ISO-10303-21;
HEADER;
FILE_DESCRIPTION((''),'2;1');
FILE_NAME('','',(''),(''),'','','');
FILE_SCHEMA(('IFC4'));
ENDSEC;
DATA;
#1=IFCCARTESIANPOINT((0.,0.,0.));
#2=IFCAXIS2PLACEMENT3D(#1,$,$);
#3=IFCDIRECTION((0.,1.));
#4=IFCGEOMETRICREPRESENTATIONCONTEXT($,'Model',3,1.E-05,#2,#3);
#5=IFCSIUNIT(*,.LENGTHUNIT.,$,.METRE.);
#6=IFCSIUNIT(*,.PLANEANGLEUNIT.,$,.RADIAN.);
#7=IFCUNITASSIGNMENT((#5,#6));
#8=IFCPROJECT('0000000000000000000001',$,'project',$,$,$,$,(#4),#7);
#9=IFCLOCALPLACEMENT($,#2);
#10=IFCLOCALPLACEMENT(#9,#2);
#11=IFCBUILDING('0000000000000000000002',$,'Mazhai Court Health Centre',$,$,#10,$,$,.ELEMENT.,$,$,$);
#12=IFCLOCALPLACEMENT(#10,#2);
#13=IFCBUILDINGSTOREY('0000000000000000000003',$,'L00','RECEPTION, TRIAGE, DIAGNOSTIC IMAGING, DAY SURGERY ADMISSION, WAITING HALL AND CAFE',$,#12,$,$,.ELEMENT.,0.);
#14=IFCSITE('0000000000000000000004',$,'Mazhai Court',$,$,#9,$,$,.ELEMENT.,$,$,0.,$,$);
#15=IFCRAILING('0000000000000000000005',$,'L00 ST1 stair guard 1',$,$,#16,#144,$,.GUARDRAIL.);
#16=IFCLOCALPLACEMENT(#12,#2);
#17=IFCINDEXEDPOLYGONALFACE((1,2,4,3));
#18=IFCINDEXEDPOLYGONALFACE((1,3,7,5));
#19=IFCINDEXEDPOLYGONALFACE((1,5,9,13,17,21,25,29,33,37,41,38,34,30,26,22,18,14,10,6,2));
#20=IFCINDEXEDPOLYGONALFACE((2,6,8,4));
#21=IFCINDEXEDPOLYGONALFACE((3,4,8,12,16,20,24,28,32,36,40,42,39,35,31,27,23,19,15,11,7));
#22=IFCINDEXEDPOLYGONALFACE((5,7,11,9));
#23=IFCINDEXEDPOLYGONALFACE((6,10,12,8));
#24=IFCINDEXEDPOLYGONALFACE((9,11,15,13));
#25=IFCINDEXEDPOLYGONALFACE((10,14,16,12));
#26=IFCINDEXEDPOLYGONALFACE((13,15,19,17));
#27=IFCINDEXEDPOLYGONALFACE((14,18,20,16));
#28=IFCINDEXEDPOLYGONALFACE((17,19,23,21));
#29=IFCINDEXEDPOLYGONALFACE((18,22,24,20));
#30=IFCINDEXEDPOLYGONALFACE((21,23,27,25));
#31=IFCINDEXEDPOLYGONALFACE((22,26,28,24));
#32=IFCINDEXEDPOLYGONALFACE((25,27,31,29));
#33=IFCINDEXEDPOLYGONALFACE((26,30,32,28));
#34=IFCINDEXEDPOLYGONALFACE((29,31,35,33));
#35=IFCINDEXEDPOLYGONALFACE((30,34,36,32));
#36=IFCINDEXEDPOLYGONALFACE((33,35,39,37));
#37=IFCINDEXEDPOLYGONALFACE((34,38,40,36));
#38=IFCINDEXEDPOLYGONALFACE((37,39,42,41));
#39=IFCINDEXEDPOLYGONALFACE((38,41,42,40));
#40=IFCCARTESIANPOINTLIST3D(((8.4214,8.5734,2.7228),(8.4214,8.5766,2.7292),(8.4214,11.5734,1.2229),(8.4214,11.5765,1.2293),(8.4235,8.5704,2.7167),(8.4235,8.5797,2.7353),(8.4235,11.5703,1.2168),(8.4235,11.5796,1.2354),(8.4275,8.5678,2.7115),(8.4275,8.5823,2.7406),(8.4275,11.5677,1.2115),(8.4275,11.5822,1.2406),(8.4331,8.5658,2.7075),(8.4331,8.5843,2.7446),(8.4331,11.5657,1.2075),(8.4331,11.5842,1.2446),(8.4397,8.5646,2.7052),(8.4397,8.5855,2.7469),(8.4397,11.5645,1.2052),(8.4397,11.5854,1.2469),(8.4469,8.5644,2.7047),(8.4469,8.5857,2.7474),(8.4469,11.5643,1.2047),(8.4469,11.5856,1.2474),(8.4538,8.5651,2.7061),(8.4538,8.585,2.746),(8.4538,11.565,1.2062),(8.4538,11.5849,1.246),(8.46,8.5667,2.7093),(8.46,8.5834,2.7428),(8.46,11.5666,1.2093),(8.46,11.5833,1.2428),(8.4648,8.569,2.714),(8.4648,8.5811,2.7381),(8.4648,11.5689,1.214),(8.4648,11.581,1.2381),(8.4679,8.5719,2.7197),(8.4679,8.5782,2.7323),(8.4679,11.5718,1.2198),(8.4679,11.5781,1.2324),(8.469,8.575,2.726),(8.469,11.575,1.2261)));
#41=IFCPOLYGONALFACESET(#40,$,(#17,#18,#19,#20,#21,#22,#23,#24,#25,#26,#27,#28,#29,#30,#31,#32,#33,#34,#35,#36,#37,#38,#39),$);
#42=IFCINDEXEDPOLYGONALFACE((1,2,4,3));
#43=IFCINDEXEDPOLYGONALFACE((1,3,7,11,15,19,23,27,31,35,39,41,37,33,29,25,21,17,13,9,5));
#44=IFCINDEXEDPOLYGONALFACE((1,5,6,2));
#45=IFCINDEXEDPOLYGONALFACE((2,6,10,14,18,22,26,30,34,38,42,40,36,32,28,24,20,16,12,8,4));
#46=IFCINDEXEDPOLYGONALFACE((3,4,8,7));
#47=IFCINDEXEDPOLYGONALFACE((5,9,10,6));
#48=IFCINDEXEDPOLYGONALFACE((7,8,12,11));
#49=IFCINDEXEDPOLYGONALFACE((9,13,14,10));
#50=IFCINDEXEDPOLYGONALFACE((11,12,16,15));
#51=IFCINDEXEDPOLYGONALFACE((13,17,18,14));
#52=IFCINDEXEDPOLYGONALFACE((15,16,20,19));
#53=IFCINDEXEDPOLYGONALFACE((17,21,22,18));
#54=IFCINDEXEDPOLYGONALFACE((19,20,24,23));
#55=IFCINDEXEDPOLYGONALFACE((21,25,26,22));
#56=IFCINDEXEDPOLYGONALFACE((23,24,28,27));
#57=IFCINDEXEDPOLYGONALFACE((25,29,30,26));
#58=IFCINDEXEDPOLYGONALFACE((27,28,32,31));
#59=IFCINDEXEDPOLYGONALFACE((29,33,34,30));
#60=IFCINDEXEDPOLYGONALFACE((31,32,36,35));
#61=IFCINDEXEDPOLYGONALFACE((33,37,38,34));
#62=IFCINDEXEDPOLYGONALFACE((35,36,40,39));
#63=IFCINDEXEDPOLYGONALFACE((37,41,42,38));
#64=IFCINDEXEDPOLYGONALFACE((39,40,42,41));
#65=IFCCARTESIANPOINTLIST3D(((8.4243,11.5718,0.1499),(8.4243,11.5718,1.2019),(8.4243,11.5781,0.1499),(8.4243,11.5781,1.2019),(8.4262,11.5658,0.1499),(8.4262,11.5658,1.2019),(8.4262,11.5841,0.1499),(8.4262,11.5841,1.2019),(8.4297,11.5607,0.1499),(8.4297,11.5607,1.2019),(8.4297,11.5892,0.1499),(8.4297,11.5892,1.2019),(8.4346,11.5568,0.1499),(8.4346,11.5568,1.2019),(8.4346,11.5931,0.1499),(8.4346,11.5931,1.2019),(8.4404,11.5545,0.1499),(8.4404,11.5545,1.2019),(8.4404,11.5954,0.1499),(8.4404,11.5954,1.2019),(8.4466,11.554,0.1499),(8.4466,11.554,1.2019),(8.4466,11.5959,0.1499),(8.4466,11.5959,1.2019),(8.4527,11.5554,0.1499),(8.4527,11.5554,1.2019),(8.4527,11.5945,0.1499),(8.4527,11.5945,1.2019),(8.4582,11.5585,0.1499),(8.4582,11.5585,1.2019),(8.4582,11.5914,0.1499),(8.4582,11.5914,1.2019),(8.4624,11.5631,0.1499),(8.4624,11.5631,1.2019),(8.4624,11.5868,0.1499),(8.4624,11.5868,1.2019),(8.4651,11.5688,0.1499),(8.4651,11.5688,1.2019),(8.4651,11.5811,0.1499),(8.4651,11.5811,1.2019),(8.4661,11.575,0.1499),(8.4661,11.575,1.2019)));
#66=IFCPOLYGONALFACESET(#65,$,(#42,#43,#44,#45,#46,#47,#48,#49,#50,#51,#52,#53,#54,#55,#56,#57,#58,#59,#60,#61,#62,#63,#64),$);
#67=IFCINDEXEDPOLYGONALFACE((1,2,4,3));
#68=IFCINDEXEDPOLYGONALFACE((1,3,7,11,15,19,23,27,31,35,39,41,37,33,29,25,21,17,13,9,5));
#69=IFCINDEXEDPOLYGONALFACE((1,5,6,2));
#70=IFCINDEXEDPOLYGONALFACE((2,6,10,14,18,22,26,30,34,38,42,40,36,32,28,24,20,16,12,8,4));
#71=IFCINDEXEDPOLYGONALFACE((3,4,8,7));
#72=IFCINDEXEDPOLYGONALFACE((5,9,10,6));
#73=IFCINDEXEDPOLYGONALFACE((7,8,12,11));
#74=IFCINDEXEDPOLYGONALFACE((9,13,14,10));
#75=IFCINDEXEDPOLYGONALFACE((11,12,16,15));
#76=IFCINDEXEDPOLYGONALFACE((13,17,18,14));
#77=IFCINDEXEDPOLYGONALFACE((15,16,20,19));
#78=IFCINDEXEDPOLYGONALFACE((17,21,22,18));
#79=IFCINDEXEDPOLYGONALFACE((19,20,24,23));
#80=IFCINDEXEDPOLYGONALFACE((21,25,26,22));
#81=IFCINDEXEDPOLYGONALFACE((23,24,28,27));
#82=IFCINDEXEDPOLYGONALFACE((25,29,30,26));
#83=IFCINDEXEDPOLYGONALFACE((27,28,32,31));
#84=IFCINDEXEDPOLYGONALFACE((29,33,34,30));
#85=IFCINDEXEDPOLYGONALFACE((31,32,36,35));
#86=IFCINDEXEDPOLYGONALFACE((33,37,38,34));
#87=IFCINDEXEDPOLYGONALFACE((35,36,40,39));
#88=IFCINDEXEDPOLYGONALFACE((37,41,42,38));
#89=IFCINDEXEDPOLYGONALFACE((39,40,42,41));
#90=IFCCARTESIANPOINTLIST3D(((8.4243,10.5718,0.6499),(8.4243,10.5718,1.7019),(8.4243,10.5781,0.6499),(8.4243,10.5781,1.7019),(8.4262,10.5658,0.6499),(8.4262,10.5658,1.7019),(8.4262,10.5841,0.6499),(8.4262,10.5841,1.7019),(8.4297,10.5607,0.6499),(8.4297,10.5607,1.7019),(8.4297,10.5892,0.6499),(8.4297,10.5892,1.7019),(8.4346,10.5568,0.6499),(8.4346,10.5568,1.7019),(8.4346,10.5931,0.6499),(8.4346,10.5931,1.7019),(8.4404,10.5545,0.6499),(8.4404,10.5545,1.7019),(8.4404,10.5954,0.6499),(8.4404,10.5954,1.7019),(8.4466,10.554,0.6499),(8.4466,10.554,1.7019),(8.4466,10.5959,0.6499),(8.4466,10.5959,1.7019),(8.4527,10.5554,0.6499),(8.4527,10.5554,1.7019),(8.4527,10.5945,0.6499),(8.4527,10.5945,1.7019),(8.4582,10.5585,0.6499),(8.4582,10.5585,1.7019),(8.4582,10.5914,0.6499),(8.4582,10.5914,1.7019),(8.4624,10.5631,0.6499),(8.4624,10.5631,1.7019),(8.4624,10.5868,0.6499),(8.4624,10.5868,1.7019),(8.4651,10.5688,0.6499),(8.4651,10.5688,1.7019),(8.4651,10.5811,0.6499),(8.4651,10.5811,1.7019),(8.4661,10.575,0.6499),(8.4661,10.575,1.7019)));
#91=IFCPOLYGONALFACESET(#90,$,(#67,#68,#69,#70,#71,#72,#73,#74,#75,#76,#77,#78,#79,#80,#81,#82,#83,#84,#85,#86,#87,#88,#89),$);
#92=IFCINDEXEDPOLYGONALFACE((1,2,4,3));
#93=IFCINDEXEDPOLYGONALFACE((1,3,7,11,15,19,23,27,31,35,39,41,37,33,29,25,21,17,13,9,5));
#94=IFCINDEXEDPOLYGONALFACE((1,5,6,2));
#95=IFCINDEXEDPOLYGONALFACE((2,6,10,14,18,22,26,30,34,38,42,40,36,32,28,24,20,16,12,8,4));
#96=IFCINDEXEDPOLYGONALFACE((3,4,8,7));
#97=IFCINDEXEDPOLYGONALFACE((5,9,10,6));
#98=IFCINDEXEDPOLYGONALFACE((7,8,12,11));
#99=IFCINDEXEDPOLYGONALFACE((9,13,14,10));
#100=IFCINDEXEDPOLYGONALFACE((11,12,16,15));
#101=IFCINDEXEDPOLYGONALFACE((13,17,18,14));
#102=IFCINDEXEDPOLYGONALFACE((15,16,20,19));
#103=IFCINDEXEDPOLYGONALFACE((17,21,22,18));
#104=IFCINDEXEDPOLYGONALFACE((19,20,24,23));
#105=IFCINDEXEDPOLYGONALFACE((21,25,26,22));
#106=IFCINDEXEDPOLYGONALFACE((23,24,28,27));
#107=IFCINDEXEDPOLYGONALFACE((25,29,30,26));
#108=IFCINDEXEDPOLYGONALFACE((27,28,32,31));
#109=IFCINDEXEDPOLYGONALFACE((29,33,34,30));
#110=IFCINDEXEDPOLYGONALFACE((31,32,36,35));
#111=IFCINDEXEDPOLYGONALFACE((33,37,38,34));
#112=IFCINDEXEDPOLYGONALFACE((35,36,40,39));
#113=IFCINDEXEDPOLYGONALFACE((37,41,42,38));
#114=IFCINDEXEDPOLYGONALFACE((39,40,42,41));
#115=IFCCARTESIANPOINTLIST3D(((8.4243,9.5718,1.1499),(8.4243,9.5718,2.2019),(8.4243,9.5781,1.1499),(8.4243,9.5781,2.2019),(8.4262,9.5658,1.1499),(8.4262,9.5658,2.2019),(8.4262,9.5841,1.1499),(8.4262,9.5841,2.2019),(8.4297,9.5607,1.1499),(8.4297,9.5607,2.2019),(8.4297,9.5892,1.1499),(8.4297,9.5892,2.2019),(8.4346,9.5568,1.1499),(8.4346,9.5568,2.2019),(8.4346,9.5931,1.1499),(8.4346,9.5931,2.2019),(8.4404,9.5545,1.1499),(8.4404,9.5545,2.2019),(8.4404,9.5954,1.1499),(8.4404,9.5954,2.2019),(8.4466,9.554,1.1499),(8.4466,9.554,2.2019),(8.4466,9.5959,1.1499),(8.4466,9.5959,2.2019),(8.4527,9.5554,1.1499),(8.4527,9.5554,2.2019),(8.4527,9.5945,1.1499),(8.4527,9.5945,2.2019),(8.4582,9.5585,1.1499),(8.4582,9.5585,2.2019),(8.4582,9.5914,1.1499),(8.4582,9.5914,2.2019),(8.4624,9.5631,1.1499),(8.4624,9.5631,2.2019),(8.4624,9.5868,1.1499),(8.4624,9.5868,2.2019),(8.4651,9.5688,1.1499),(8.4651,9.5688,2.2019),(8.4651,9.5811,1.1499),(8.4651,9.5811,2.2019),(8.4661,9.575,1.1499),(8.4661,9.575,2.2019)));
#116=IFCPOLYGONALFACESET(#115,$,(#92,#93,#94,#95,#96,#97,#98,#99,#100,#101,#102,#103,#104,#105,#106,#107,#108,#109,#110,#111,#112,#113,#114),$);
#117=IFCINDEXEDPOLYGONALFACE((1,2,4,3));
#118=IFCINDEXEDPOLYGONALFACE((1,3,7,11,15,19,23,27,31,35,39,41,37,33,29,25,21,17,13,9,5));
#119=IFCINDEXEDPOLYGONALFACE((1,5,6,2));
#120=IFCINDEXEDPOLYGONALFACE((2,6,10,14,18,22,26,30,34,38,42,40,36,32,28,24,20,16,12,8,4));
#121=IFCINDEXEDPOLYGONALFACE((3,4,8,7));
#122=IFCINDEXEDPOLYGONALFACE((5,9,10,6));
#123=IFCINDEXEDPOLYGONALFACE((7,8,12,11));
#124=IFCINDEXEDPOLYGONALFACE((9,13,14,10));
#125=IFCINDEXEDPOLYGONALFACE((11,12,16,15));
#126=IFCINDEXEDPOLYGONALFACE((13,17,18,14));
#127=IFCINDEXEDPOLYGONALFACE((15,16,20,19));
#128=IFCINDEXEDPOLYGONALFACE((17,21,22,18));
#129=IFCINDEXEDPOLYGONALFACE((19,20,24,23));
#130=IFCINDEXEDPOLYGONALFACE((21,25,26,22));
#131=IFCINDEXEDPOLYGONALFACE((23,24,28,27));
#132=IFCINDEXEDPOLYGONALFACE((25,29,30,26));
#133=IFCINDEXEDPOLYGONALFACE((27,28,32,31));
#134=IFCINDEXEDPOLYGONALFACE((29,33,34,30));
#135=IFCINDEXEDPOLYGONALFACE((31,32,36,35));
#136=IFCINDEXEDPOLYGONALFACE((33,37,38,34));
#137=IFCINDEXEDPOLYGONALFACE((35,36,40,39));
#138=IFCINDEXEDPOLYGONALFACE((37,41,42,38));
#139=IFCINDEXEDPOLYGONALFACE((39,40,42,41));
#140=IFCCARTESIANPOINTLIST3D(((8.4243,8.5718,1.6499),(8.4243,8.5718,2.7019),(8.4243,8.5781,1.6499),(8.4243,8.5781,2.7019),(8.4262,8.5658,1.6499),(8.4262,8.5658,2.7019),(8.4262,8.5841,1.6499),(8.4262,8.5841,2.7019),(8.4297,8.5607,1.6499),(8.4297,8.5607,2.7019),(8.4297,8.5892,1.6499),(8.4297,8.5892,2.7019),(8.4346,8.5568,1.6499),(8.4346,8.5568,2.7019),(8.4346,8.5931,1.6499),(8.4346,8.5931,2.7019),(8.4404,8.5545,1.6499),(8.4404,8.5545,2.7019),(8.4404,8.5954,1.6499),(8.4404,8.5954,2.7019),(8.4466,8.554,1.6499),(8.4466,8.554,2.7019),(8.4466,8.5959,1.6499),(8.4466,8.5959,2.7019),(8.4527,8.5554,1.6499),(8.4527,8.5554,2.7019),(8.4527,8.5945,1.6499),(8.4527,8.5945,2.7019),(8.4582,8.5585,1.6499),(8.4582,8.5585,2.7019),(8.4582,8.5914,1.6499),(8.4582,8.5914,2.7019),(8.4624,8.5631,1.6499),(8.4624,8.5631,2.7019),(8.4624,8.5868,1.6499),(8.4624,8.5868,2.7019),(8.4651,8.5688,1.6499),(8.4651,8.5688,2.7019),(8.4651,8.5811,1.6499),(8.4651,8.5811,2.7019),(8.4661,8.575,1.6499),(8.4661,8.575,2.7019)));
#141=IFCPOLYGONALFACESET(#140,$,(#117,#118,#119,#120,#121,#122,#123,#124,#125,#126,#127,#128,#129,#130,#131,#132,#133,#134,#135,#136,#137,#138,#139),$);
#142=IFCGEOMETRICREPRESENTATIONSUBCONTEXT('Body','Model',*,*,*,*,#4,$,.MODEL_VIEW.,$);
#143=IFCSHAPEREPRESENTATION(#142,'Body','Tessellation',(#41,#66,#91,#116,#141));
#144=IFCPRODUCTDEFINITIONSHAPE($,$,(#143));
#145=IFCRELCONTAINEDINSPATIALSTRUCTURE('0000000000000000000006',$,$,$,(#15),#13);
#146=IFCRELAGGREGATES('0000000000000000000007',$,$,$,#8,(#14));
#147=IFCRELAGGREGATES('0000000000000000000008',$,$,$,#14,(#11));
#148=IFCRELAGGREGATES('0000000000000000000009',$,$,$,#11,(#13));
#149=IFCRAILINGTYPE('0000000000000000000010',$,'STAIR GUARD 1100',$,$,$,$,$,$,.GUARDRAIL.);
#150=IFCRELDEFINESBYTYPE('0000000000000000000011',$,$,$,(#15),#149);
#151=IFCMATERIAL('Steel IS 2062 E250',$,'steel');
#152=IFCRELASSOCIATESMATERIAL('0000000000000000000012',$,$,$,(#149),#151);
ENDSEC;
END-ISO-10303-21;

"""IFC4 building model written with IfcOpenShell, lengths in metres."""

from ifc_helpers import new_model, si_unit, direction, frame, origin, origin_2d, place, context, subcontext, project, spatial, circle, extrude, material, type_object, element, save


model = new_model("IFC4")

# Units and contexts
model_context = context("Model", 3, precision=1e-05, world=origin(), true_north=direction((0.0, 1.0)))
body_context = subcontext(model_context, "Body", "Model", "MODEL_VIEW")
ifc_project = project(units=[si_unit("LENGTHUNIT", "METRE"), si_unit("PLANEANGLEUNIT", "RADIAN")], contexts=[model_context])

# Site, building, storey
site_placement = place(None, origin())
site = spatial("IfcSite", under=ifc_project, at=site_placement, Name="Mazhai Court", CompositionType="ELEMENT", RefElevation=0.0)
building_placement = place(site_placement, origin())
building = spatial("IfcBuilding", under=site, at=building_placement, Name="Mazhai Court Health Centre", CompositionType="ELEMENT")
storey_placement = place(building_placement, origin())
storey = spatial("IfcBuildingStorey", under=building, at=storey_placement, Name="L00", Description="RECEPTION, TRIAGE, DIAGNOSTIC IMAGING, DAY SURGERY ADMISSION, WAITING HALL AND CAFE", CompositionType="ELEMENT", Elevation=0.0)

# Railing
ifc_material_1 = material(Name="Steel IS 2062 E250", Category="steel")
railing_type_1 = type_object("IfcRailingType", Name="STAIR GUARD 1100", PredefinedType="GUARDRAIL", material=ifc_material_1)
railing_1_placement = place(storey_placement, frame((8.4451, 11.575, 0.1499)))
element("IfcRailing", 1, at=railing_1_placement, inside=storey, type_object=railing_type_1, Name="L00 ST1 stair guard 1", PredefinedType="GUARDRAIL", context=body_context, shape_type="SweptSolid", body=[
    extrude(circle(Radius=0.0239, at=origin_2d()), frame((0.0, 0.0, 1.0762), z_axis=(0.0, -0.894427, 0.447214), x_axis=(1.0, 0.0, 0.0)), (0.0, 0.0, 1.0), 3.354),
    extrude(circle(Radius=0.021, at=origin_2d()), origin(), (0.0, 0.0, 1.0), 1.052),
    extrude(circle(Radius=0.021, at=origin_2d()), frame((0.0, -1.0, 0.5)), (0.0, 0.0, 1.0), 1.052),
    extrude(circle(Radius=0.021, at=origin_2d()), frame((0.0, -2.0, 1.0)), (0.0, 0.0, 1.0), 1.052),
    extrude(circle(Radius=0.021, at=origin_2d()), frame((0.0, -3.0, 1.5)), (0.0, 0.0, 1.0), 1.052),
])

save(model, "model.ifc")
